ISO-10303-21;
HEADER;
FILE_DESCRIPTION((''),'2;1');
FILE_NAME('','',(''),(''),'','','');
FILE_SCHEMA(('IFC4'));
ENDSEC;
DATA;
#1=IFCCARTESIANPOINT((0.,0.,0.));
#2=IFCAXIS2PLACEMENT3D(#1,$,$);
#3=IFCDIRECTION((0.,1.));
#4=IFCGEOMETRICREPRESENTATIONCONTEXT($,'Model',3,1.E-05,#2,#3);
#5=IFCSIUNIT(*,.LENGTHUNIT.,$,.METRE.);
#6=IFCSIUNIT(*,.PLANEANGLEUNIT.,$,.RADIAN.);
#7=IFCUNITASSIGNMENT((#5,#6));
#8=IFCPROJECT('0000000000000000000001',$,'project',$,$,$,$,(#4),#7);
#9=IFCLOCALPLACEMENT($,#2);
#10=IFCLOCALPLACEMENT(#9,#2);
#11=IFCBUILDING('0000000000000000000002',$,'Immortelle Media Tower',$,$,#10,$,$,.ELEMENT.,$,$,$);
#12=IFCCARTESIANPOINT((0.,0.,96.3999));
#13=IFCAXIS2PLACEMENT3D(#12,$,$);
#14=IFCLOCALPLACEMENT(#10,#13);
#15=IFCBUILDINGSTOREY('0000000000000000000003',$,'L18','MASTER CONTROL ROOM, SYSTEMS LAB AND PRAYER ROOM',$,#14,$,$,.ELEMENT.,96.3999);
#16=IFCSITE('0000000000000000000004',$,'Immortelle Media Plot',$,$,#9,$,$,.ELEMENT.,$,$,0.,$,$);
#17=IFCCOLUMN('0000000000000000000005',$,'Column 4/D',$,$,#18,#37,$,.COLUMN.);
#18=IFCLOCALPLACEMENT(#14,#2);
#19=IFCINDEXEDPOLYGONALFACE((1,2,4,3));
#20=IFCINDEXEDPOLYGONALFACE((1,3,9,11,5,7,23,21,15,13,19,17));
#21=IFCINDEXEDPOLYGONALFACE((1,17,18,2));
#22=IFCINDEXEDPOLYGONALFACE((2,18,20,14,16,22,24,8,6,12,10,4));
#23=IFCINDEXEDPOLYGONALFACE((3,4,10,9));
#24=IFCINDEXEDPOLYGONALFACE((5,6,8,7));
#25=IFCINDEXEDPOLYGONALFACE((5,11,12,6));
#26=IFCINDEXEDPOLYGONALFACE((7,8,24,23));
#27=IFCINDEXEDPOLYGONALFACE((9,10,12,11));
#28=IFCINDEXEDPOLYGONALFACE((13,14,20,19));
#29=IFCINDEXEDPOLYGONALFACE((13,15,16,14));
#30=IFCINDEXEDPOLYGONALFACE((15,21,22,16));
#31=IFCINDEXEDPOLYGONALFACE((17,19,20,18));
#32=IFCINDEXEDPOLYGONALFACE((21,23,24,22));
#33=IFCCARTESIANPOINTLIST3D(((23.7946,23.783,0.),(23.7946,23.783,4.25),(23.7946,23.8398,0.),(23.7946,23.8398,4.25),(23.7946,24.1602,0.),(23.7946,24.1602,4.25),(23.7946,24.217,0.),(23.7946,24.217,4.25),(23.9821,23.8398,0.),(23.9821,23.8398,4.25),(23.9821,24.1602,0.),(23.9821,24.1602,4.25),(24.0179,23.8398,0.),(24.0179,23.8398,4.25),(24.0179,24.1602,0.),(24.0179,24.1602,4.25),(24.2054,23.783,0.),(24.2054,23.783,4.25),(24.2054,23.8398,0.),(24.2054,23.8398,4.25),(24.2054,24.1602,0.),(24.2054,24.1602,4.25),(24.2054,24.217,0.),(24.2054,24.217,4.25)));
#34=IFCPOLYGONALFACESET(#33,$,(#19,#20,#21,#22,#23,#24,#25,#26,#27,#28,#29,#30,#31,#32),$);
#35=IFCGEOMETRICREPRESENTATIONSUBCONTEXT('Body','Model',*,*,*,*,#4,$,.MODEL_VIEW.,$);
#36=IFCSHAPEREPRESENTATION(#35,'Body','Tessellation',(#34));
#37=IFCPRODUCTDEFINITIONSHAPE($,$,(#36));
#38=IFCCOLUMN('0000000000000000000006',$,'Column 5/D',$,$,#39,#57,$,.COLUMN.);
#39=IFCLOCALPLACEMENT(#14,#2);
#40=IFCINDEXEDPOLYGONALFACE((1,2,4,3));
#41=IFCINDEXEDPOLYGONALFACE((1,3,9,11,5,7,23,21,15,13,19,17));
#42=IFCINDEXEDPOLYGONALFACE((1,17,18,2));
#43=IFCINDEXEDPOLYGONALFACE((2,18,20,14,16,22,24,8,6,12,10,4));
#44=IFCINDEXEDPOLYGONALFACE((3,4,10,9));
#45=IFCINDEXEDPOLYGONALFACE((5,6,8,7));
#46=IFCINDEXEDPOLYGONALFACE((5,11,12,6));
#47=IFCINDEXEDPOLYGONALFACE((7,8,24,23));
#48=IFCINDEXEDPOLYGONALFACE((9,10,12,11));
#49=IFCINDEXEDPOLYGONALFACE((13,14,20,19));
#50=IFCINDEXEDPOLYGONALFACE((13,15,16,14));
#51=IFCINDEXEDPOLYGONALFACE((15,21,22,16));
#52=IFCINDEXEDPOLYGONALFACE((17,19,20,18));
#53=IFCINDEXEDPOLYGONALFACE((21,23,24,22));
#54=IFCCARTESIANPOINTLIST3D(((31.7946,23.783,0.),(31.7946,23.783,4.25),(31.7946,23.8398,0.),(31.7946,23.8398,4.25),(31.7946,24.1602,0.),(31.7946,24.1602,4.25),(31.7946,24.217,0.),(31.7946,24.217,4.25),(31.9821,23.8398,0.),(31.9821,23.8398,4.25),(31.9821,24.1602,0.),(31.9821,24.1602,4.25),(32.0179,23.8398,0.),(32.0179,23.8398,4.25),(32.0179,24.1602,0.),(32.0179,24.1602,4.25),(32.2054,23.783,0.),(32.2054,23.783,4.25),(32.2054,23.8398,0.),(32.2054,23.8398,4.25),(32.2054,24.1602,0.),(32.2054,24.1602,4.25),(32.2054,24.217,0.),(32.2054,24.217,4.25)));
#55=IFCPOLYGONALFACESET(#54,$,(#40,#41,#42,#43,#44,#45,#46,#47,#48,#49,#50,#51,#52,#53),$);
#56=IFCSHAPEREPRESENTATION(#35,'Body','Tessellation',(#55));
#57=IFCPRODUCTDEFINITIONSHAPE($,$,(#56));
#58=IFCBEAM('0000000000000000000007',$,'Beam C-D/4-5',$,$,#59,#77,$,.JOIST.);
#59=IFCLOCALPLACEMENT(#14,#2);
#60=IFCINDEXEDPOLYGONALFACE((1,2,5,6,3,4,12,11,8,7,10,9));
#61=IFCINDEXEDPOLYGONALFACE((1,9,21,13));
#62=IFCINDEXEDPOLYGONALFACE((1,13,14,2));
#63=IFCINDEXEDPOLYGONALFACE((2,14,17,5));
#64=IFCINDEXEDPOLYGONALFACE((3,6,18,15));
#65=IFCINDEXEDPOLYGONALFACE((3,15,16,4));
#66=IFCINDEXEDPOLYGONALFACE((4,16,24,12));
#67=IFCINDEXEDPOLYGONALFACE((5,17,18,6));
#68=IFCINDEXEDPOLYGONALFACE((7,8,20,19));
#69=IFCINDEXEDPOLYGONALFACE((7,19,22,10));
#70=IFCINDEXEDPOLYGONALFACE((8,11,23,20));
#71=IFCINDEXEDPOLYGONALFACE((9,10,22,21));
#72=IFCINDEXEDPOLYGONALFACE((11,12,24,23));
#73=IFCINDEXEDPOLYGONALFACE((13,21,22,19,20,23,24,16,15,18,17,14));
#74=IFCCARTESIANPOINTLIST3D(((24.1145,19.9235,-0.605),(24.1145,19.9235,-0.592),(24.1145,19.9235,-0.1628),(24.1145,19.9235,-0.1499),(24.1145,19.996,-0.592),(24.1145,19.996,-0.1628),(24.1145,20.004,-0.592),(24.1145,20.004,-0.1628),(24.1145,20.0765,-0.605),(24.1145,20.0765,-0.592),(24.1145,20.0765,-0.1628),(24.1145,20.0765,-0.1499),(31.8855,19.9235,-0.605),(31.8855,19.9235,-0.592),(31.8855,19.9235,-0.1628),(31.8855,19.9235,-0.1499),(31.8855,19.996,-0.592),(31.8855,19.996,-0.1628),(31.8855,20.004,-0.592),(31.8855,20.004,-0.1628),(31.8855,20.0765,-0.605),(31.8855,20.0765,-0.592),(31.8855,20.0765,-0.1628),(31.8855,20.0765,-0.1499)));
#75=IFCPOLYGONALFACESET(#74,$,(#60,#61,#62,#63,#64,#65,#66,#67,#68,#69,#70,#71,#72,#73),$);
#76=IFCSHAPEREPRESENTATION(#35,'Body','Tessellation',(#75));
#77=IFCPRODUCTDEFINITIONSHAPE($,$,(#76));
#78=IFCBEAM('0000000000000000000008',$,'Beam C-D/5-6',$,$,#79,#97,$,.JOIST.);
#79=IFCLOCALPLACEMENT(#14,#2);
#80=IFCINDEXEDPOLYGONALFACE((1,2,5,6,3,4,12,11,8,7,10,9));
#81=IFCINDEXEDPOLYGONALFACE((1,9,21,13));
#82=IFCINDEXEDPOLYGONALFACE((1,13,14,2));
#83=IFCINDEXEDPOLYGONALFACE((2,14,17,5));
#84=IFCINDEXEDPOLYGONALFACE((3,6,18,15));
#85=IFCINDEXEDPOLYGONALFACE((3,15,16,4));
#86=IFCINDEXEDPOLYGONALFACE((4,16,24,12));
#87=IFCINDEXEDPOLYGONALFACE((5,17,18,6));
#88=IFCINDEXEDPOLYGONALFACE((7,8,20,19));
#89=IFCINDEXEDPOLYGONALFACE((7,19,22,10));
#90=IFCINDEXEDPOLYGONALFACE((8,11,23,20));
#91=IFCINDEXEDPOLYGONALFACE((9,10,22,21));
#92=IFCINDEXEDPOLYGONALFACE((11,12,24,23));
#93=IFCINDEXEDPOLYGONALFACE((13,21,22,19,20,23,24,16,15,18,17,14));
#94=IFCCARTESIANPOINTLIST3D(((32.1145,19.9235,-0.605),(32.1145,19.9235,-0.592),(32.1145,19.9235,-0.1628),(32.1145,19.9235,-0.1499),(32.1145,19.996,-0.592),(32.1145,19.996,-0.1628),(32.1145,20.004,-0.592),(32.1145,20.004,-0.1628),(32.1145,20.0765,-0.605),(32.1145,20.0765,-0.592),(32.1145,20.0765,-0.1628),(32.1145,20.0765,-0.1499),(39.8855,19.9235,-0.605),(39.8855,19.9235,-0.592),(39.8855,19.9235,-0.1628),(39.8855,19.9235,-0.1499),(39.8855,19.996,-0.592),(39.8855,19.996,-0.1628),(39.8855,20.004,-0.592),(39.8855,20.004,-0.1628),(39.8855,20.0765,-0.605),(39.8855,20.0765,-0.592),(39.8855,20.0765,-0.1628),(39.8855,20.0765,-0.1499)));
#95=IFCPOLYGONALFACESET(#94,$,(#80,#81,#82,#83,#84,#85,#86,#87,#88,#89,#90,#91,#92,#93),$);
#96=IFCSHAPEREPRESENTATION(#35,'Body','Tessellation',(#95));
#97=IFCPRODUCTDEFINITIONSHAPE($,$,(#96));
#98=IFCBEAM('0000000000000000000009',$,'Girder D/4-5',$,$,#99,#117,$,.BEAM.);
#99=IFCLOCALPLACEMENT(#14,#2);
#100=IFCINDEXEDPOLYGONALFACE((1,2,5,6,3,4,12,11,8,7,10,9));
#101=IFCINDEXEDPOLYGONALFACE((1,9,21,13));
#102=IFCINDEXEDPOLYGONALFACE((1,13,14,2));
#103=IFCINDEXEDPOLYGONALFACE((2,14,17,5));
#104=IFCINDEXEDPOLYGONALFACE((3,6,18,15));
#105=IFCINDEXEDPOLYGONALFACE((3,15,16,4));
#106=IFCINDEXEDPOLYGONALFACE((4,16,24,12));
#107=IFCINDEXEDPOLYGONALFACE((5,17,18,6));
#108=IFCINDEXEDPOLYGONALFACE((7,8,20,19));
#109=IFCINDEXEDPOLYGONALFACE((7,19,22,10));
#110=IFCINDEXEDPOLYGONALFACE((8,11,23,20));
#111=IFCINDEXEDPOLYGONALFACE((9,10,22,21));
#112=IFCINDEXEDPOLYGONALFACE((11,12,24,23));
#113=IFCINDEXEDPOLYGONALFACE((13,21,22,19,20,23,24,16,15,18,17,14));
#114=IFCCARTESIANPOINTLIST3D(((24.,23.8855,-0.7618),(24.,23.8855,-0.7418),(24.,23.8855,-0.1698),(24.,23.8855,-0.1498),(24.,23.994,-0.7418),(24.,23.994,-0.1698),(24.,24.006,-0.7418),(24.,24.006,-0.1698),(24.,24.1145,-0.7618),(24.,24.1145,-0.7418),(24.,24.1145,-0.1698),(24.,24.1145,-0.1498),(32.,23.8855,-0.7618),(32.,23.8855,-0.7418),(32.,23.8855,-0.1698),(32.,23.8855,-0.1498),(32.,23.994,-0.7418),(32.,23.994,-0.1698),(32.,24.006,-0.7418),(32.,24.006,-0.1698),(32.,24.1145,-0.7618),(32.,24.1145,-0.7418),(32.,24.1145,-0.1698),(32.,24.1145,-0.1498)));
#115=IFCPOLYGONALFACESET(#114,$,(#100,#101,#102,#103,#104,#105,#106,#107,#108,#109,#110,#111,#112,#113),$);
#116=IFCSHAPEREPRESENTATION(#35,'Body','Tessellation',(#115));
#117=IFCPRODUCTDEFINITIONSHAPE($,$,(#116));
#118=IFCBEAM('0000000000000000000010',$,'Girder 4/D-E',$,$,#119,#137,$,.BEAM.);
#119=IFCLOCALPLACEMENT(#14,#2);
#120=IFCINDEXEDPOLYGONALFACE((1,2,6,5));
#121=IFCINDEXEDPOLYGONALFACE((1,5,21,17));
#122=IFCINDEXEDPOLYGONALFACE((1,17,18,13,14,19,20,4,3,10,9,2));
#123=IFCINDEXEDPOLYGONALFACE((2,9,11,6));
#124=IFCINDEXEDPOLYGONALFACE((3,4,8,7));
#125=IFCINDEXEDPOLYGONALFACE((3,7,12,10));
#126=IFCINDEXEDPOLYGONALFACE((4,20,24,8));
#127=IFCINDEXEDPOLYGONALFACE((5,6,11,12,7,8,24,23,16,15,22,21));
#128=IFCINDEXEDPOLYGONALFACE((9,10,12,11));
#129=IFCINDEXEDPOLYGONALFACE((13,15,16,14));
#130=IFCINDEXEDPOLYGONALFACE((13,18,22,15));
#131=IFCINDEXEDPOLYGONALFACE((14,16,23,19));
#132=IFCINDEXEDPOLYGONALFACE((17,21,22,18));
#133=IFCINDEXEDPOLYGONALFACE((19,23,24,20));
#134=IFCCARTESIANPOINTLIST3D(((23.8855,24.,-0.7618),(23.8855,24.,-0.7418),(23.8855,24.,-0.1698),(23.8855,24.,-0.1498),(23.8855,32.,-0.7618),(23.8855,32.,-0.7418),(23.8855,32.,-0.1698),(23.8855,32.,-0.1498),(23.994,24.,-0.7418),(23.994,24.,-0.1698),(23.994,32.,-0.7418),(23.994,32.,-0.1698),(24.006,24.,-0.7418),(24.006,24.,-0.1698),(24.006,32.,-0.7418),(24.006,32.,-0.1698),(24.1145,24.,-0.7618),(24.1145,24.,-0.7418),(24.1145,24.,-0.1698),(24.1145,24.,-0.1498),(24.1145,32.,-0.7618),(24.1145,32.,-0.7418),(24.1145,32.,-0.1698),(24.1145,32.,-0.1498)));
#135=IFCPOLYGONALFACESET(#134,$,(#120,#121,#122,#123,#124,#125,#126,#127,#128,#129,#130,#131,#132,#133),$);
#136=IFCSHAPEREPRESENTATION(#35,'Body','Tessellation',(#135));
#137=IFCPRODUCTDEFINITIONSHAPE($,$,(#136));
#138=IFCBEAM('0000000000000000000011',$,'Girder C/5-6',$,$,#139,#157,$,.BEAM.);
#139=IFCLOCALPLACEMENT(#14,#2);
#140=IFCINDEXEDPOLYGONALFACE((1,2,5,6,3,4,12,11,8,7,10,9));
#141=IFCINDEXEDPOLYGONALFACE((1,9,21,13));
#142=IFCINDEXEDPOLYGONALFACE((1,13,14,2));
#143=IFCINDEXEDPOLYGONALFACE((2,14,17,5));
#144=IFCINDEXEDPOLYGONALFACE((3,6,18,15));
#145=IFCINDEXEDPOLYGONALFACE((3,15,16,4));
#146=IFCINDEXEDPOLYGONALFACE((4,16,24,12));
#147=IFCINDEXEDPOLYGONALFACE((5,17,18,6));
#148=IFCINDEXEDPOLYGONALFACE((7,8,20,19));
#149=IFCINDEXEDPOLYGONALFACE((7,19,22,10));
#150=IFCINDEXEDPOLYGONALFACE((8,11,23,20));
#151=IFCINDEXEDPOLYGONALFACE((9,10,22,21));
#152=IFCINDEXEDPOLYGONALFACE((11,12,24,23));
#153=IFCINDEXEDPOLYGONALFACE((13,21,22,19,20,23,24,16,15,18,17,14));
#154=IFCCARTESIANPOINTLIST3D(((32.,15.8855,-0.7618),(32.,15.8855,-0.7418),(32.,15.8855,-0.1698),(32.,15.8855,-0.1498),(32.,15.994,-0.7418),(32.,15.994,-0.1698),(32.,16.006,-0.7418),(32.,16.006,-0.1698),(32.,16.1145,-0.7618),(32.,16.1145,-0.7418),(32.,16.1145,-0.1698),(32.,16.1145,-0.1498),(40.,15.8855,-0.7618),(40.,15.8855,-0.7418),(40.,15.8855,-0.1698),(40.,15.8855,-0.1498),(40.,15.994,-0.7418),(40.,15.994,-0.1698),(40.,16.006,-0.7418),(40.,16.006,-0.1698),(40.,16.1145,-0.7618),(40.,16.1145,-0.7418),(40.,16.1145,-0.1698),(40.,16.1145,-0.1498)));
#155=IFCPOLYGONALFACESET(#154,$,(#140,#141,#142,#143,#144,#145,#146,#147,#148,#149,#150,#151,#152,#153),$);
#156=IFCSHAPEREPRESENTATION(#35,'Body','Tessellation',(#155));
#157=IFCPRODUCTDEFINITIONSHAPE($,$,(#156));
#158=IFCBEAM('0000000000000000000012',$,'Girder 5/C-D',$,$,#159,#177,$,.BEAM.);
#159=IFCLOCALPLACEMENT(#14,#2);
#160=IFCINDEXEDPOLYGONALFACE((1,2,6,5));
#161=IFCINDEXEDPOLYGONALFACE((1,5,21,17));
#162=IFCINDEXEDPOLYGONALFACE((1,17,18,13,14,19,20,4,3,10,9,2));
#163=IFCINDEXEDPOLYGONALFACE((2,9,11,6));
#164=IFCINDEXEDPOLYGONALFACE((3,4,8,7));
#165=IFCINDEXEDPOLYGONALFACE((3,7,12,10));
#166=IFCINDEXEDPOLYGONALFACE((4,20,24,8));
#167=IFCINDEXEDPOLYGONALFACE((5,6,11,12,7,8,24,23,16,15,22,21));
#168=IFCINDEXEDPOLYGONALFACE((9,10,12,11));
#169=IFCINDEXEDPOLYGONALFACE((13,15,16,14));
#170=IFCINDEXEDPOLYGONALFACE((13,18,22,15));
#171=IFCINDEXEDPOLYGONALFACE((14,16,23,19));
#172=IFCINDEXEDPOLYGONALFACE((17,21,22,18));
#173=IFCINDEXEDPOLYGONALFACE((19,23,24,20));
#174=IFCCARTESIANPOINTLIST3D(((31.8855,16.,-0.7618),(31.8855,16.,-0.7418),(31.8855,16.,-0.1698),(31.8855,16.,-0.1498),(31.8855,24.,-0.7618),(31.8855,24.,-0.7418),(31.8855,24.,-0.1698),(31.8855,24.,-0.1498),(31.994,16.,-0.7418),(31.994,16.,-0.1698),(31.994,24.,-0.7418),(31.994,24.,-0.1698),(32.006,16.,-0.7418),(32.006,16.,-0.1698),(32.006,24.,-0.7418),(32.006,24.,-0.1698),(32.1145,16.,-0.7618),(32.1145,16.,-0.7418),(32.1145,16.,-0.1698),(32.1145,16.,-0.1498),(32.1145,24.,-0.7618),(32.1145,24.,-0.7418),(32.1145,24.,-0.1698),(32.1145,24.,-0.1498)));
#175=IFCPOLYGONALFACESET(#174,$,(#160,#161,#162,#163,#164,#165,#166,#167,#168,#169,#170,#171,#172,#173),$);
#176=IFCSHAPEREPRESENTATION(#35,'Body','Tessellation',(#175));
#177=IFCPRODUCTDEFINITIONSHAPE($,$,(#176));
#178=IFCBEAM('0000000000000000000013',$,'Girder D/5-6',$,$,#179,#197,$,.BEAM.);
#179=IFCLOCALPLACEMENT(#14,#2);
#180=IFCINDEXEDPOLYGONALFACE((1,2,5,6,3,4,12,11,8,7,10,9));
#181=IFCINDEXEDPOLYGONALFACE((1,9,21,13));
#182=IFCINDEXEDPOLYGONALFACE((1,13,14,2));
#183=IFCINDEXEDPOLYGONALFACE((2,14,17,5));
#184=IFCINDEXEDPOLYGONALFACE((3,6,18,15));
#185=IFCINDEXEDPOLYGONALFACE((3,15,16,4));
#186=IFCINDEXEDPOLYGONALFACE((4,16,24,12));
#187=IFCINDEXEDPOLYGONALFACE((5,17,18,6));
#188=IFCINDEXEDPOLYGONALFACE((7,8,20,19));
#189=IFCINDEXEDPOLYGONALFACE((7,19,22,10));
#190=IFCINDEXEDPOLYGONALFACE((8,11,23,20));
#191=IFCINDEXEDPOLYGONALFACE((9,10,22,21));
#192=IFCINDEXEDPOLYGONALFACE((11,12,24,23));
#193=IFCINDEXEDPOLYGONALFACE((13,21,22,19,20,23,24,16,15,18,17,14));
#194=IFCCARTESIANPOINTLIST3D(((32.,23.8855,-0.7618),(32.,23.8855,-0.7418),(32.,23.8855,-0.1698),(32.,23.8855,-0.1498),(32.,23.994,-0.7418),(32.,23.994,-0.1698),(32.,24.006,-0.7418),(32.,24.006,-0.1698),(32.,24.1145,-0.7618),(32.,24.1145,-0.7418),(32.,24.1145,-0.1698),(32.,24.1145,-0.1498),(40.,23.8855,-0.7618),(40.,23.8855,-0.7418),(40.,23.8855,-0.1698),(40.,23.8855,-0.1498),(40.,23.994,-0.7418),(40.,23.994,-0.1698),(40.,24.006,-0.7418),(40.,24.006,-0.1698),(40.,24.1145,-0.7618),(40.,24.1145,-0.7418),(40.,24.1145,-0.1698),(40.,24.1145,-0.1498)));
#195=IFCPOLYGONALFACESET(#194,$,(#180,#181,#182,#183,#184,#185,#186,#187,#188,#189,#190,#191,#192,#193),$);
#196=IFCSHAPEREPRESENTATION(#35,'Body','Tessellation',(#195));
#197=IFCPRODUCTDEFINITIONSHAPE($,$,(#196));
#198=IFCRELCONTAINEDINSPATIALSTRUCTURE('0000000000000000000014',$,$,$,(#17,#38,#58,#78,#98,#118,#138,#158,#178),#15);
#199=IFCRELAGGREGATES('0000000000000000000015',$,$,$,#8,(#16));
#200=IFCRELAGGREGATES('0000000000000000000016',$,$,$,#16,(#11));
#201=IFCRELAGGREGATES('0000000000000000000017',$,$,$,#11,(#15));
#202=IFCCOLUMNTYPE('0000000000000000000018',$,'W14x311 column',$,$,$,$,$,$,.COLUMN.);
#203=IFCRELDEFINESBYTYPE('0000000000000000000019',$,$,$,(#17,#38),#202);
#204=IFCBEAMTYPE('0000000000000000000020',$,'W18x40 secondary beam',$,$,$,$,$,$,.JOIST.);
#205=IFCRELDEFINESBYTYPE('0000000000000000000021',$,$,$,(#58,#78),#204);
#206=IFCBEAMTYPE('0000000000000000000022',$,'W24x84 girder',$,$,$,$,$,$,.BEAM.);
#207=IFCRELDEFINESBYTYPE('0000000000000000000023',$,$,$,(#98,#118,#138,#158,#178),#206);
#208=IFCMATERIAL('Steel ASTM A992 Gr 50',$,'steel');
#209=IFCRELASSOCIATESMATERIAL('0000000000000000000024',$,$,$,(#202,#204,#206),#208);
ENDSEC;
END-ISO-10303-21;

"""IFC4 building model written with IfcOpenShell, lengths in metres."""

from ifc_helpers import new_model, si_unit, direction, frame, origin, origin_2d, place, context, subcontext, project, spatial, i_section, extrude, material, material_profile, profile_set, type_object, element, save


model = new_model("IFC4")

# Units and contexts
model_context = context("Model", 3, precision=1e-05, world=origin(), true_north=direction((0.0, 1.0)))
body_context = subcontext(model_context, "Body", "Model", "MODEL_VIEW")
ifc_project = project(units=[si_unit("LENGTHUNIT", "METRE"), si_unit("PLANEANGLEUNIT", "RADIAN")], contexts=[model_context])

# Site, building, storey
site_placement = place(None, origin())
site = spatial("IfcSite", under=ifc_project, at=site_placement, Name="Immortelle Media Plot", CompositionType="ELEMENT", RefElevation=0.0)
building_placement = place(site_placement, origin())
building = spatial("IfcBuilding", under=site, at=building_placement, Name="Immortelle Media Tower", CompositionType="ELEMENT")
storey_placement = place(building_placement, frame((0.0, 0.0, 96.3999)))
storey = spatial("IfcBuildingStorey", under=building, at=storey_placement, Name="L18", Description="MASTER CONTROL ROOM, SYSTEMS LAB AND PRAYER ROOM", CompositionType="ELEMENT", Elevation=96.3999)

# Columns
ifc_material_1 = material(Name="Steel ASTM A992 Gr 50", Category="steel")
ifc_material_profile_1 = material_profile(ifc_material_1, i_section(OverallWidth=0.4109, OverallDepth=0.4341, WebThickness=0.0359, FlangeThickness=0.0569, at=origin_2d()), Name="W14x311")
ifc_profile_set_1 = profile_set([ifc_material_profile_1], Name="Steel ASTM A992 Gr 50")
column_type = type_object("IfcColumnType", Name="W14x311 column", PredefinedType="COLUMN", material=ifc_profile_set_1)
for number, where, z_axis, x_axis, name in (
    (1, (24.0, 24.0, 0.0), (0.0, 0.0, 1.0), (1.0, 0.0, 0.0), "Column 4/D"),
    (2, (32.0, 24.0, 0.0), (0.0, 0.0, 1.0), (1.0, 0.0, 0.0), "Column 5/D"),
):
    element("IfcColumn", number, at=place(storey_placement, frame(where, z_axis=z_axis, x_axis=x_axis)), inside=storey, type_object=column_type, Name=name, PredefinedType="COLUMN", context=body_context, shape_type="SweptSolid", body=[
        extrude(i_section(OverallWidth=0.4109, OverallDepth=0.4341, WebThickness=0.0359, FlangeThickness=0.0569, at=origin_2d()), origin(), (0.0, 0.0, 1.0), 4.25),
    ])

# Beams
ifc_material_profile_2 = material_profile(ifc_material_1, i_section(OverallWidth=0.1531, OverallDepth=0.4551, WebThickness=0.0081, FlangeThickness=0.0129, at=origin_2d()), Name="W18x40")
ifc_profile_set_2 = profile_set([ifc_material_profile_2], Name="Steel ASTM A992 Gr 50")
beam_type_1 = type_object("IfcBeamType", Name="W18x40 secondary beam", PredefinedType="JOIST", material=ifc_profile_set_2)
for number, where, z_axis, x_axis, name in (
    (3, (24.1145, 20.0, -0.3774), (1.0, 0.0, 0.0), (0.0, 1.0, 0.0), "Beam C-D/4-5"),
    (4, (32.1145, 20.0, -0.3774), (1.0, 0.0, 0.0), (0.0, 1.0, 0.0), "Beam C-D/5-6"),
):
    element("IfcBeam", number, at=place(storey_placement, frame(where, z_axis=z_axis, x_axis=x_axis)), inside=storey, type_object=beam_type_1, Name=name, PredefinedType="JOIST", context=body_context, shape_type="SweptSolid", body=[
        extrude(i_section(OverallWidth=0.1531, OverallDepth=0.4551, WebThickness=0.0081, FlangeThickness=0.0129, at=origin_2d()), origin(), (0.0, 0.0, 1.0), 7.771),
    ])
ifc_material_profile_3 = material_profile(ifc_material_1, i_section(OverallWidth=0.229, OverallDepth=0.6121, WebThickness=0.012, FlangeThickness=0.02, at=origin_2d()), Name="W24x84")
ifc_profile_set_3 = profile_set([ifc_material_profile_3], Name="Steel ASTM A992 Gr 50")
beam_type_2 = type_object("IfcBeamType", Name="W24x84 girder", PredefinedType="BEAM", material=ifc_profile_set_3)
for number, where, z_axis, x_axis, name in (
    (5, (24.0, 24.0, -0.4558), (1.0, 0.0, 0.0), (0.0, 1.0, 0.0), "Girder D/4-5"),
    (6, (24.0, 24.0, -0.4558), (0.0, 1.0, 0.0), (-1.0, 0.0, 0.0), "Girder 4/D-E"),
    (7, (32.0, 16.0, -0.4558), (1.0, 0.0, 0.0), (0.0, 1.0, 0.0), "Girder C/5-6"),
    (8, (32.0, 16.0, -0.4558), (0.0, 1.0, 0.0), (-1.0, 0.0, 0.0), "Girder 5/C-D"),
    (9, (32.0, 24.0, -0.4558), (1.0, 0.0, 0.0), (0.0, 1.0, 0.0), "Girder D/5-6"),
):
    element("IfcBeam", number, at=place(storey_placement, frame(where, z_axis=z_axis, x_axis=x_axis)), inside=storey, type_object=beam_type_2, Name=name, PredefinedType="BEAM", context=body_context, shape_type="SweptSolid", body=[
        extrude(i_section(OverallWidth=0.229, OverallDepth=0.6121, WebThickness=0.012, FlangeThickness=0.02, at=origin_2d()), origin(), (0.0, 0.0, 1.0), 8.0),
    ])

save(model, "model.ifc")
